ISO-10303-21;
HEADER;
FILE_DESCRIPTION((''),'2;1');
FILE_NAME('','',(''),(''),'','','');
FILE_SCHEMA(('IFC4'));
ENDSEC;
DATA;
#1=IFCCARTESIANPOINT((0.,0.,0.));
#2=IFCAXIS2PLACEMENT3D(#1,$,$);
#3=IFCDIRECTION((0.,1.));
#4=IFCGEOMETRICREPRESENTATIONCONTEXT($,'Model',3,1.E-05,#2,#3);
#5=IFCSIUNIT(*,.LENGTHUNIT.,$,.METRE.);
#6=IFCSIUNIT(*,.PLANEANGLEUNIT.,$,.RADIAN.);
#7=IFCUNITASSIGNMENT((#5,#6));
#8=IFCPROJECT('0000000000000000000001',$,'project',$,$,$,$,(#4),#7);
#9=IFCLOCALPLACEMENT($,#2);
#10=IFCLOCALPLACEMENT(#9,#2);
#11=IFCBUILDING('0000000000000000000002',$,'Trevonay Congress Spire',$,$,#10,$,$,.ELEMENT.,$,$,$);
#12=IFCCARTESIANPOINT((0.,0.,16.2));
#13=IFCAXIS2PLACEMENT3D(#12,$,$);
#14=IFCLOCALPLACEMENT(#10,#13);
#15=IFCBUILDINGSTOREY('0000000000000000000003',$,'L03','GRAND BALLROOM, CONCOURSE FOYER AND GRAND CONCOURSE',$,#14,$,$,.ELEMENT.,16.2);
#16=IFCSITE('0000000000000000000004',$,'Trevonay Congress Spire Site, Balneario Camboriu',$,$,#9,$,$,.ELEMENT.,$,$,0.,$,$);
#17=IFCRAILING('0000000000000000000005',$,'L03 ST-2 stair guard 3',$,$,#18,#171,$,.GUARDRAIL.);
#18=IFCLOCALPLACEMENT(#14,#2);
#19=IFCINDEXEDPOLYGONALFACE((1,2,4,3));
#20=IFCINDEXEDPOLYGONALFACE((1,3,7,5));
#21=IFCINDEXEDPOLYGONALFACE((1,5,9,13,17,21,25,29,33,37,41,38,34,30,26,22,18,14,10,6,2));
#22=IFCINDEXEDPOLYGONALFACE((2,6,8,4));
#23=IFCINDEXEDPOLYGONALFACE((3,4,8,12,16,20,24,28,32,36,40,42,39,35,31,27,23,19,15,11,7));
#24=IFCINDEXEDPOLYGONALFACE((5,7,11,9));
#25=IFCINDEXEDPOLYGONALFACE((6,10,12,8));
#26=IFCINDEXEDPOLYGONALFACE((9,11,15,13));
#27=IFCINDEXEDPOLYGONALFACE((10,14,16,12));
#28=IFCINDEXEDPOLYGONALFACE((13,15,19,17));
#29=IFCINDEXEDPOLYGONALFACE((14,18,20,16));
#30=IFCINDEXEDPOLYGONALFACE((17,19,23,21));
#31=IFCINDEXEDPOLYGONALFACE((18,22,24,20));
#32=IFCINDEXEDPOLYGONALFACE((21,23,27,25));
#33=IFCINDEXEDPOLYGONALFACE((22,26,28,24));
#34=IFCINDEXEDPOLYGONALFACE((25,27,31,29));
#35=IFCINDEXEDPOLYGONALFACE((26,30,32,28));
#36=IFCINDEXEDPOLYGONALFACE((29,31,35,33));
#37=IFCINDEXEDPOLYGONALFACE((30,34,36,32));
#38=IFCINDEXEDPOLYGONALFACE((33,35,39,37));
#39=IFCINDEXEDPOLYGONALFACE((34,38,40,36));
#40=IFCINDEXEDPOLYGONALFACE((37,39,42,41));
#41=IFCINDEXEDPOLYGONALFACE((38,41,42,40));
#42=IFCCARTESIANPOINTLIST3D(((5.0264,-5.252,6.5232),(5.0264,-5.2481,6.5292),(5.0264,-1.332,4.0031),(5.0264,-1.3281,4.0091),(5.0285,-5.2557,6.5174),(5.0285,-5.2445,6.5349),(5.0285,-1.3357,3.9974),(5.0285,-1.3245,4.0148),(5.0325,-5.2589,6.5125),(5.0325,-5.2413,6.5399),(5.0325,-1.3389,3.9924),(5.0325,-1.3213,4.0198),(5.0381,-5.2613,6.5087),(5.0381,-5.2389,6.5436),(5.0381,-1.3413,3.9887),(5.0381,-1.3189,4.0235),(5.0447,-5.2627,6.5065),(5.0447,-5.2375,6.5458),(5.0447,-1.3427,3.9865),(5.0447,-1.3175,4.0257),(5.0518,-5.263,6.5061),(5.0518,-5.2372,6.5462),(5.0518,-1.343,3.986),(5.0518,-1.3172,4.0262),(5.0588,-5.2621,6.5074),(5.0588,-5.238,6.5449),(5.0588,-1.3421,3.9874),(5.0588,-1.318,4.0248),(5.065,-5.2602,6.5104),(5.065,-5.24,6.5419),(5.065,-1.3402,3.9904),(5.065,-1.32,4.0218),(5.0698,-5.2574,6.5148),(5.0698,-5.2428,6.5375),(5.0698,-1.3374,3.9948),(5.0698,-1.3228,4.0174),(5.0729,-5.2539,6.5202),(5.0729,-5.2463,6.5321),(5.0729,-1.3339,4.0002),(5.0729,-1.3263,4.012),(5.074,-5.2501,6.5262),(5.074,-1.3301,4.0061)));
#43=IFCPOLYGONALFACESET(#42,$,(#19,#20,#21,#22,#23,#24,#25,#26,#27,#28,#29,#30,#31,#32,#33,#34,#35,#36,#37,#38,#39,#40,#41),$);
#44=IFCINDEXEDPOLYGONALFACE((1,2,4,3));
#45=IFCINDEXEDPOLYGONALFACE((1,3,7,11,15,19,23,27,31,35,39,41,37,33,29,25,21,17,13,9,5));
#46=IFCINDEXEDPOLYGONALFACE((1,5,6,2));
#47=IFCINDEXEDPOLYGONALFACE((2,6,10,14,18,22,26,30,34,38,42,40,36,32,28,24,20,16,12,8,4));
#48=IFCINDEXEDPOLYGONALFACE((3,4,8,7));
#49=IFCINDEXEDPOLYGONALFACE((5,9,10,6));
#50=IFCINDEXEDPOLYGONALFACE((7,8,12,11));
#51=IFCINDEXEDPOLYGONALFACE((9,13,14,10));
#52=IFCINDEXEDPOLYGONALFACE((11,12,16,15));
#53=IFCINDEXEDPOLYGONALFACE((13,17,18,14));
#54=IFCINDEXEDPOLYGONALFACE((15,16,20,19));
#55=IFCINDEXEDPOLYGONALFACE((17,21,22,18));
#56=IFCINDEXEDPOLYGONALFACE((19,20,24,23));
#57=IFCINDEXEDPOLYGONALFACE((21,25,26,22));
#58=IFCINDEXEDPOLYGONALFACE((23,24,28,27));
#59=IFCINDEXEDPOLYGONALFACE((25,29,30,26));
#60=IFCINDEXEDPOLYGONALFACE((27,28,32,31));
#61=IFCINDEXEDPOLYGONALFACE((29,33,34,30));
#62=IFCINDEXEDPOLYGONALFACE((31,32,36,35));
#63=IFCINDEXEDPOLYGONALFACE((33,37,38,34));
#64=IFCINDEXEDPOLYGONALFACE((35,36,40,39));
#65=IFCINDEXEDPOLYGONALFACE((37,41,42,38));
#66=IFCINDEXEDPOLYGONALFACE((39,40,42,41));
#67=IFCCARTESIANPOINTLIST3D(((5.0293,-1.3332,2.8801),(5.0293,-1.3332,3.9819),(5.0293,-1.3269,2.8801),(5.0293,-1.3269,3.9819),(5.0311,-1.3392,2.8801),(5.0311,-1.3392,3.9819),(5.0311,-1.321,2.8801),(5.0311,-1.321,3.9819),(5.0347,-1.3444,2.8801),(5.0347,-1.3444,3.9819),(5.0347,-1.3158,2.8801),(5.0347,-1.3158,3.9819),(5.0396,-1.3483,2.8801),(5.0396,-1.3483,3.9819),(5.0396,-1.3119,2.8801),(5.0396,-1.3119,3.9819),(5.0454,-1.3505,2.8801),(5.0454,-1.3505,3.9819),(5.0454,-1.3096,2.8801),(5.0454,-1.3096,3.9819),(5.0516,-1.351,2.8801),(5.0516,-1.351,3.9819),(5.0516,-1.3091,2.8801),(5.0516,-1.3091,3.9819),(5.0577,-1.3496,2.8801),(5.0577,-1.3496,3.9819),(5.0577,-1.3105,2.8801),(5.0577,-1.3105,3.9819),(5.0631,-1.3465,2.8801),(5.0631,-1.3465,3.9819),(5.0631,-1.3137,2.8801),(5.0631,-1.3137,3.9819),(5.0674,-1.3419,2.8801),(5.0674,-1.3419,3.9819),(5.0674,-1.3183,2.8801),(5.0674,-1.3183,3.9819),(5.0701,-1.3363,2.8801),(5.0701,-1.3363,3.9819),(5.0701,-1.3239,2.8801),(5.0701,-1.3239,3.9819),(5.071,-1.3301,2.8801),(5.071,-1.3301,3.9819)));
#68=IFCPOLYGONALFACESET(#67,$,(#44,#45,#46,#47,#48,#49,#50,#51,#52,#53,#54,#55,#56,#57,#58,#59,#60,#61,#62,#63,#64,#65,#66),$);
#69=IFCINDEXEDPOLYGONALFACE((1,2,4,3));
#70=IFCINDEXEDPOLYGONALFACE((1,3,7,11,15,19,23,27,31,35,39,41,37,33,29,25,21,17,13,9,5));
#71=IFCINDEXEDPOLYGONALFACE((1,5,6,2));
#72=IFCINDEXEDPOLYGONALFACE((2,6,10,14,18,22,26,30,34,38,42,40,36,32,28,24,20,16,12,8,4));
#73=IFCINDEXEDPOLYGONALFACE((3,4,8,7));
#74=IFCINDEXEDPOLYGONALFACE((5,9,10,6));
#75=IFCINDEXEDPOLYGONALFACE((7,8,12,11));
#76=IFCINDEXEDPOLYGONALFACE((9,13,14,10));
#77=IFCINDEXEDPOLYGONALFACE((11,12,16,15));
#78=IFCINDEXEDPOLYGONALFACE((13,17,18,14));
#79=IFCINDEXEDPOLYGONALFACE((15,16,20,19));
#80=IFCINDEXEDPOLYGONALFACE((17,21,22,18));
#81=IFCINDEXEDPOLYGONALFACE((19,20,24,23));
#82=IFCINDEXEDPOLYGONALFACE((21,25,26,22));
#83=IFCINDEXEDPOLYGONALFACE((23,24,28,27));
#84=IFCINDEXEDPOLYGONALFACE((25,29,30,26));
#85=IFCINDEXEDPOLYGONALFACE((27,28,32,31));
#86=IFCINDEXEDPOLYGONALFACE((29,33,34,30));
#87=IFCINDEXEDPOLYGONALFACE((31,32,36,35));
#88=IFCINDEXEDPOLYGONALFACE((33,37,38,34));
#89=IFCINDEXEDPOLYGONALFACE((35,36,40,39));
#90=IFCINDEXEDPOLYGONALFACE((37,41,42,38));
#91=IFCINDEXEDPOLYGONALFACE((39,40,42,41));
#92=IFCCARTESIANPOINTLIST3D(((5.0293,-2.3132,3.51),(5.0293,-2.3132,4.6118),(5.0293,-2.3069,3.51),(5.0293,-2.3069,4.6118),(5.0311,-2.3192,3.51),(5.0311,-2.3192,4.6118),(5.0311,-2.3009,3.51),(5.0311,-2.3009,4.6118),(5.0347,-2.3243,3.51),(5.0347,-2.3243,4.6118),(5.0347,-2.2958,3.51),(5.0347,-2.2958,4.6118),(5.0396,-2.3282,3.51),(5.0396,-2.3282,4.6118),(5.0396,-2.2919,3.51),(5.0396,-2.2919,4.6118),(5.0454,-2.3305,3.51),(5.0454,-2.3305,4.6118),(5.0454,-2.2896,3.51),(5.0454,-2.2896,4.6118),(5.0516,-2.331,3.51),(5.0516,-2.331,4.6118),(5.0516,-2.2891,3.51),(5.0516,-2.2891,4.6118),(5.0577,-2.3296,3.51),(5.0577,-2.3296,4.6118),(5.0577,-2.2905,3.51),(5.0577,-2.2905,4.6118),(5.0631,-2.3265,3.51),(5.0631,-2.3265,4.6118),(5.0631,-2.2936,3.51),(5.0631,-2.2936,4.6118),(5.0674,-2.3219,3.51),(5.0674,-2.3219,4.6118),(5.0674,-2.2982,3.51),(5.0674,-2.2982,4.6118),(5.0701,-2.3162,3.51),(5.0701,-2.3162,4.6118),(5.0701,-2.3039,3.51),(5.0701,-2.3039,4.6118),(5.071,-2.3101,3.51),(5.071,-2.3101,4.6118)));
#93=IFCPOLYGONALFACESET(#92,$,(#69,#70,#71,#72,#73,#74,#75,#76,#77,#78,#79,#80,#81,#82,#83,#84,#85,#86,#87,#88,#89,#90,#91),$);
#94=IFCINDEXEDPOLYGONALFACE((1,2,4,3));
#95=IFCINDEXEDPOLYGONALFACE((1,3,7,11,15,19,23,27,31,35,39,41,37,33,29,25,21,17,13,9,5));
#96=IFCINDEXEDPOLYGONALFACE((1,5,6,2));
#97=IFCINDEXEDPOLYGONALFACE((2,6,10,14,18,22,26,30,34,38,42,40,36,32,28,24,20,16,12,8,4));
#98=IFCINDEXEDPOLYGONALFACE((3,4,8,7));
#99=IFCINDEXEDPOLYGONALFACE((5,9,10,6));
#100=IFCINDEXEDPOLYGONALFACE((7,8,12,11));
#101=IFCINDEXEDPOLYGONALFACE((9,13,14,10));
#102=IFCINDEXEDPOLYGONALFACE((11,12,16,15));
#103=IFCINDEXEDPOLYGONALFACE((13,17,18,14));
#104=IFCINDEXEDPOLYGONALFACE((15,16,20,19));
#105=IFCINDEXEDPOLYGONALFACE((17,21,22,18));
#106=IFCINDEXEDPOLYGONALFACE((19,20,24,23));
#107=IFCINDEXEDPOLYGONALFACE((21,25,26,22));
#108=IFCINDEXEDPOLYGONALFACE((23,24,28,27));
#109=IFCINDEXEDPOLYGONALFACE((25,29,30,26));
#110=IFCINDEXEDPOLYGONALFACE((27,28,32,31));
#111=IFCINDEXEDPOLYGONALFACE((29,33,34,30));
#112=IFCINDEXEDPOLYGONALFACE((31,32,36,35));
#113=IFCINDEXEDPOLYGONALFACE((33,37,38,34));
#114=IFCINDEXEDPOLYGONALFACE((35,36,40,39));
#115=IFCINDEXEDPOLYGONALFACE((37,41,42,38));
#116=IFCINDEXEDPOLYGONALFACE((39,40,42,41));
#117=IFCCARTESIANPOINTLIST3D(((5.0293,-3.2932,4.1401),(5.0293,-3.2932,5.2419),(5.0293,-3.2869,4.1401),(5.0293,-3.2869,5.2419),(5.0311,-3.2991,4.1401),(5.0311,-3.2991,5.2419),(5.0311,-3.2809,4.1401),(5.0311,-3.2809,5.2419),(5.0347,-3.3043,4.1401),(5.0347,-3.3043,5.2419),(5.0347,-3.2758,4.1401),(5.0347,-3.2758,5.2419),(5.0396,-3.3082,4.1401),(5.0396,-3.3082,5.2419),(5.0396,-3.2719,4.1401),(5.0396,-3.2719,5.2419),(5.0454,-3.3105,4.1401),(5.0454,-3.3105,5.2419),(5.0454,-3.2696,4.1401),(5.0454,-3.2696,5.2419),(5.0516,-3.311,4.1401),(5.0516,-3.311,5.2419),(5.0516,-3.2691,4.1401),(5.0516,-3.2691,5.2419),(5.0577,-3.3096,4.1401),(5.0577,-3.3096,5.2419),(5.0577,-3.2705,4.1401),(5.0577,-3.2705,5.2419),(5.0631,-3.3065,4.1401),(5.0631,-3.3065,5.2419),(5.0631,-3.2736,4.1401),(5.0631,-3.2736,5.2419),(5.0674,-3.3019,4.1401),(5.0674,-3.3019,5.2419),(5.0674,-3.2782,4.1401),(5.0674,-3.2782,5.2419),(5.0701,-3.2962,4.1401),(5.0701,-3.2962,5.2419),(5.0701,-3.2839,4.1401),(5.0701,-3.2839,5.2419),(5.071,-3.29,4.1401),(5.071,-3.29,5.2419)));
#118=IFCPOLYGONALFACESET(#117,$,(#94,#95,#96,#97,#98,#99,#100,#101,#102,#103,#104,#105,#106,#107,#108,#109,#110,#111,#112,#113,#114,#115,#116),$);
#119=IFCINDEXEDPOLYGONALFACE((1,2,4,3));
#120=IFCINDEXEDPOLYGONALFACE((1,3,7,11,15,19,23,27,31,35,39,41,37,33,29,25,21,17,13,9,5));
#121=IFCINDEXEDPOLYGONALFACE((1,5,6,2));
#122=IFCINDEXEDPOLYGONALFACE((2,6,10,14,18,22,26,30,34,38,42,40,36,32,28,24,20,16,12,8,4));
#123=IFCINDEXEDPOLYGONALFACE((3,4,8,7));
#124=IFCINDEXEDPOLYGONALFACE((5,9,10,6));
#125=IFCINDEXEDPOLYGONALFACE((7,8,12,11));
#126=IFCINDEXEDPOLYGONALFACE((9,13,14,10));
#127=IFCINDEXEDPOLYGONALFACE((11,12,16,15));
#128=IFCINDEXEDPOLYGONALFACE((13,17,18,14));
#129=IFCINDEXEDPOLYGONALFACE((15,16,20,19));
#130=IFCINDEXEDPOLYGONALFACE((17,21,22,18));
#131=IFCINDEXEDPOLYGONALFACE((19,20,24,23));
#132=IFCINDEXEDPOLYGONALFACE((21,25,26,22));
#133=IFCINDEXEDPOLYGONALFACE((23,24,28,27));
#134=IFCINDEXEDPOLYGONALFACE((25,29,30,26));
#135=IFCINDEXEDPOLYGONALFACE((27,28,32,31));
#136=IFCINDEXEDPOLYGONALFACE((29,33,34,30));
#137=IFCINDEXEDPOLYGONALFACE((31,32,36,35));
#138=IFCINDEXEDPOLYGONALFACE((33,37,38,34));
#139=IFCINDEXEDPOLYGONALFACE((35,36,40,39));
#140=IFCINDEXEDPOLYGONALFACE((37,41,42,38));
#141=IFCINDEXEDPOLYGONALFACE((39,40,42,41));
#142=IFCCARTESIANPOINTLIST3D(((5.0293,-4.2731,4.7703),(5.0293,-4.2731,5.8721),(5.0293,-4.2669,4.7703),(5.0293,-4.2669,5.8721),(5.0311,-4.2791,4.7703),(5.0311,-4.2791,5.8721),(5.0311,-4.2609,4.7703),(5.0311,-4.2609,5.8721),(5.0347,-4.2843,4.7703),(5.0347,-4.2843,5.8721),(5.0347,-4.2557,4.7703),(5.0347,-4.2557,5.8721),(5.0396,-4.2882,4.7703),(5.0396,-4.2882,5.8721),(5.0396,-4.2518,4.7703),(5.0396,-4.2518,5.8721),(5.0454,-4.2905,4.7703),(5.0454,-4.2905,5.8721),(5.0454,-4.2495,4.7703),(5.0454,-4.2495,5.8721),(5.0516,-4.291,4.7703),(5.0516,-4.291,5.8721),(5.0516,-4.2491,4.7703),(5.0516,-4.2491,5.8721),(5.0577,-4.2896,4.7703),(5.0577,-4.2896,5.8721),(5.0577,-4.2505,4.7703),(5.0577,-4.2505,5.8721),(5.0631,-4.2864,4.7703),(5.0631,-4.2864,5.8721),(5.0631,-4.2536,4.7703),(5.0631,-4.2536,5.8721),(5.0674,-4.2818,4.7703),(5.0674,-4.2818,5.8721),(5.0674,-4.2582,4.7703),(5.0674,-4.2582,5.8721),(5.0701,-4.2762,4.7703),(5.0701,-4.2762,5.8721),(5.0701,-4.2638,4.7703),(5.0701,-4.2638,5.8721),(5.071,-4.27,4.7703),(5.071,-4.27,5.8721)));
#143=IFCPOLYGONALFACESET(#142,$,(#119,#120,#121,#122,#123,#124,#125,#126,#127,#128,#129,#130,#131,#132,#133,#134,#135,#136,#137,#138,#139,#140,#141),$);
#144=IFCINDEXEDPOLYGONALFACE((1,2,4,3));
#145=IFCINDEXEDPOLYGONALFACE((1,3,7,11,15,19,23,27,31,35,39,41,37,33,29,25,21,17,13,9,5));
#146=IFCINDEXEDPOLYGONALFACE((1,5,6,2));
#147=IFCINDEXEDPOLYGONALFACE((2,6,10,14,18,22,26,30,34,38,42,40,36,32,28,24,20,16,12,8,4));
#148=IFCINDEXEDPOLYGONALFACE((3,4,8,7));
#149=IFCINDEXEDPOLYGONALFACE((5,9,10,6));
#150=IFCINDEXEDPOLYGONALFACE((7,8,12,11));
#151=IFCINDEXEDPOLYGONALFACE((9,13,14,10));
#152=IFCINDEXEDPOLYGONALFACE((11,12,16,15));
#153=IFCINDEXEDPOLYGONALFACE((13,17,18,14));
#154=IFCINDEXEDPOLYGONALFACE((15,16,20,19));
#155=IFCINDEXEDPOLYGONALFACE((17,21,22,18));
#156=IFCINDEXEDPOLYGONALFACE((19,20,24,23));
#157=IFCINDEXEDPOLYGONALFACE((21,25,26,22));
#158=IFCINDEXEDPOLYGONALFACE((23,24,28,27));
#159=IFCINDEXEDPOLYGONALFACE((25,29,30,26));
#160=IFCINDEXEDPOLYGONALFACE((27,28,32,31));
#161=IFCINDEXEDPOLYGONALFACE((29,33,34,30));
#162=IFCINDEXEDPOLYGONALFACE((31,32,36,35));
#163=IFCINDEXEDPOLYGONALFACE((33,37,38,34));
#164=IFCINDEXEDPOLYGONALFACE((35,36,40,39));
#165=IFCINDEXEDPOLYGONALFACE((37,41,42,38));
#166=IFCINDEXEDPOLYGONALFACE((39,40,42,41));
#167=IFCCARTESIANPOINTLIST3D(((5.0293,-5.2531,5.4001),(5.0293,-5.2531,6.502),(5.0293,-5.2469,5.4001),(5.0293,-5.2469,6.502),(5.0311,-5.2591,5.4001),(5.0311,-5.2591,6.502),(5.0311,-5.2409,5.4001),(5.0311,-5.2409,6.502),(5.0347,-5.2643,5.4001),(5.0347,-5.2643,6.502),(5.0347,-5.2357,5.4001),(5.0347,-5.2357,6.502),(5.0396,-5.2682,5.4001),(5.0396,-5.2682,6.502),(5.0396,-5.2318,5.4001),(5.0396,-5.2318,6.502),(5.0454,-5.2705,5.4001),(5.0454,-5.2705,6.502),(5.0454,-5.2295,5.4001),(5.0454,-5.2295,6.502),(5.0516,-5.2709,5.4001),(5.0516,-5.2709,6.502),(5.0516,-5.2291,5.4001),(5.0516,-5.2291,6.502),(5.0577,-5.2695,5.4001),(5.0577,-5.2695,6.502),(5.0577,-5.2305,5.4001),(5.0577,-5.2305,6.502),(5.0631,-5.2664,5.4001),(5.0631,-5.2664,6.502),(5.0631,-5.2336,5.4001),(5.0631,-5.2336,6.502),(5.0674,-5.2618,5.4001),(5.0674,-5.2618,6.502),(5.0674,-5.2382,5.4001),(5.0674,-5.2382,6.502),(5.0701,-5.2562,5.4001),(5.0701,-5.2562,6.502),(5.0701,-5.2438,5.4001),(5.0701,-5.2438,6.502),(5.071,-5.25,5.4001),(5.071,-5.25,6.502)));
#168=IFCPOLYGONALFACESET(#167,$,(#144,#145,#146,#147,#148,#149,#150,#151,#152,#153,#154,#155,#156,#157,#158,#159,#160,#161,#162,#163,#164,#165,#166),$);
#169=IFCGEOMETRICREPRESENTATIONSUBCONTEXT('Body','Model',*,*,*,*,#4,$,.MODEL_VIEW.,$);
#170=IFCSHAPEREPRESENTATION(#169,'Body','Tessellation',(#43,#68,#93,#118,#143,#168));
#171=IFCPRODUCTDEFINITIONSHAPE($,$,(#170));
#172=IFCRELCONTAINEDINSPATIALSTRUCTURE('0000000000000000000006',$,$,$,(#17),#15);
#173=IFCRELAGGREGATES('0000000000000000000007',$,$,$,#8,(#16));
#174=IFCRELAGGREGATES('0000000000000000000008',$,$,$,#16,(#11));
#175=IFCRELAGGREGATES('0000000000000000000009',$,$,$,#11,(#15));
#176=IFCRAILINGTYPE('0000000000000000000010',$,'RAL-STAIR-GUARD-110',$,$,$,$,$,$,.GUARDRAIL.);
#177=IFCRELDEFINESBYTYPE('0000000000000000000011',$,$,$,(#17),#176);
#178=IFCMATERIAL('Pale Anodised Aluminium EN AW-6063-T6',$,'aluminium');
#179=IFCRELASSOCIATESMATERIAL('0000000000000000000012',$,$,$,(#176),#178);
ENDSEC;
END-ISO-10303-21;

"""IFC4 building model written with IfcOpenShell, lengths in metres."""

from ifc_helpers import new_model, si_unit, direction, frame, origin, origin_2d, place, context, subcontext, project, spatial, circle, extrude, material, type_object, element, save


model = new_model("IFC4")

# Units and contexts
model_context = context("Model", 3, precision=1e-05, world=origin(), true_north=direction((0.0, 1.0)))
body_context = subcontext(model_context, "Body", "Model", "MODEL_VIEW")
ifc_project = project(units=[si_unit("LENGTHUNIT", "METRE"), si_unit("PLANEANGLEUNIT", "RADIAN")], contexts=[model_context])

# Site, building, storey
site_placement = place(None, origin())
site = spatial("IfcSite", under=ifc_project, at=site_placement, Name="Trevonay Congress Spire Site, Balneario Camboriu", CompositionType="ELEMENT", RefElevation=0.0)
building_placement = place(site_placement, origin())
building = spatial("IfcBuilding", under=site, at=building_placement, Name="Trevonay Congress Spire", CompositionType="ELEMENT")
storey_placement = place(building_placement, frame((0.0, 0.0, 16.2)))
storey = spatial("IfcBuildingStorey", under=building, at=storey_placement, Name="L03", Description="GRAND BALLROOM, CONCOURSE FOYER AND GRAND CONCOURSE", CompositionType="ELEMENT", Elevation=16.2)

# Railing
ifc_material_1 = material(Name="Pale Anodised Aluminium EN AW-6063-T6", Category="aluminium")
railing_type_1 = type_object("IfcRailingType", Name="RAL-STAIR-GUARD-110", PredefinedType="GUARDRAIL", material=ifc_material_1)
railing_1_placement = place(storey_placement, frame((5.05, -1.3301, 2.8801)))
element("IfcRailing", 1, at=railing_1_placement, inside=storey, type_object=railing_type_1, Name="L03 ST-2 stair guard 3", PredefinedType="GUARDRAIL", context=body_context, shape_type="SweptSolid", body=[
    extrude(circle(Radius=0.0239, at=origin_2d()), frame((0.0, 0.0, 1.126), z_axis=(0.0, -0.841172, 0.540768), x_axis=(1.0, 0.0, 0.0)), (0.0, 0.0, 1.0), 4.6602),
    extrude(circle(Radius=0.021, at=origin_2d()), origin(), (0.0, 0.0, 1.0), 1.1018),
    extrude(circle(Radius=0.021, at=origin_2d()), frame((0.0, -0.98, 0.6299)), (0.0, 0.0, 1.0), 1.1018),
    extrude(circle(Radius=0.021, at=origin_2d()), frame((0.0, -1.96, 1.26)), (0.0, 0.0, 1.0), 1.1018),
    extrude(circle(Radius=0.021, at=origin_2d()), frame((0.0, -2.9399, 1.8901)), (0.0, 0.0, 1.0), 1.1018),
    extrude(circle(Radius=0.021, at=origin_2d()), frame((0.0, -3.9199, 2.52)), (0.0, 0.0, 1.0), 1.1018),
])

save(model, "model.ifc")
